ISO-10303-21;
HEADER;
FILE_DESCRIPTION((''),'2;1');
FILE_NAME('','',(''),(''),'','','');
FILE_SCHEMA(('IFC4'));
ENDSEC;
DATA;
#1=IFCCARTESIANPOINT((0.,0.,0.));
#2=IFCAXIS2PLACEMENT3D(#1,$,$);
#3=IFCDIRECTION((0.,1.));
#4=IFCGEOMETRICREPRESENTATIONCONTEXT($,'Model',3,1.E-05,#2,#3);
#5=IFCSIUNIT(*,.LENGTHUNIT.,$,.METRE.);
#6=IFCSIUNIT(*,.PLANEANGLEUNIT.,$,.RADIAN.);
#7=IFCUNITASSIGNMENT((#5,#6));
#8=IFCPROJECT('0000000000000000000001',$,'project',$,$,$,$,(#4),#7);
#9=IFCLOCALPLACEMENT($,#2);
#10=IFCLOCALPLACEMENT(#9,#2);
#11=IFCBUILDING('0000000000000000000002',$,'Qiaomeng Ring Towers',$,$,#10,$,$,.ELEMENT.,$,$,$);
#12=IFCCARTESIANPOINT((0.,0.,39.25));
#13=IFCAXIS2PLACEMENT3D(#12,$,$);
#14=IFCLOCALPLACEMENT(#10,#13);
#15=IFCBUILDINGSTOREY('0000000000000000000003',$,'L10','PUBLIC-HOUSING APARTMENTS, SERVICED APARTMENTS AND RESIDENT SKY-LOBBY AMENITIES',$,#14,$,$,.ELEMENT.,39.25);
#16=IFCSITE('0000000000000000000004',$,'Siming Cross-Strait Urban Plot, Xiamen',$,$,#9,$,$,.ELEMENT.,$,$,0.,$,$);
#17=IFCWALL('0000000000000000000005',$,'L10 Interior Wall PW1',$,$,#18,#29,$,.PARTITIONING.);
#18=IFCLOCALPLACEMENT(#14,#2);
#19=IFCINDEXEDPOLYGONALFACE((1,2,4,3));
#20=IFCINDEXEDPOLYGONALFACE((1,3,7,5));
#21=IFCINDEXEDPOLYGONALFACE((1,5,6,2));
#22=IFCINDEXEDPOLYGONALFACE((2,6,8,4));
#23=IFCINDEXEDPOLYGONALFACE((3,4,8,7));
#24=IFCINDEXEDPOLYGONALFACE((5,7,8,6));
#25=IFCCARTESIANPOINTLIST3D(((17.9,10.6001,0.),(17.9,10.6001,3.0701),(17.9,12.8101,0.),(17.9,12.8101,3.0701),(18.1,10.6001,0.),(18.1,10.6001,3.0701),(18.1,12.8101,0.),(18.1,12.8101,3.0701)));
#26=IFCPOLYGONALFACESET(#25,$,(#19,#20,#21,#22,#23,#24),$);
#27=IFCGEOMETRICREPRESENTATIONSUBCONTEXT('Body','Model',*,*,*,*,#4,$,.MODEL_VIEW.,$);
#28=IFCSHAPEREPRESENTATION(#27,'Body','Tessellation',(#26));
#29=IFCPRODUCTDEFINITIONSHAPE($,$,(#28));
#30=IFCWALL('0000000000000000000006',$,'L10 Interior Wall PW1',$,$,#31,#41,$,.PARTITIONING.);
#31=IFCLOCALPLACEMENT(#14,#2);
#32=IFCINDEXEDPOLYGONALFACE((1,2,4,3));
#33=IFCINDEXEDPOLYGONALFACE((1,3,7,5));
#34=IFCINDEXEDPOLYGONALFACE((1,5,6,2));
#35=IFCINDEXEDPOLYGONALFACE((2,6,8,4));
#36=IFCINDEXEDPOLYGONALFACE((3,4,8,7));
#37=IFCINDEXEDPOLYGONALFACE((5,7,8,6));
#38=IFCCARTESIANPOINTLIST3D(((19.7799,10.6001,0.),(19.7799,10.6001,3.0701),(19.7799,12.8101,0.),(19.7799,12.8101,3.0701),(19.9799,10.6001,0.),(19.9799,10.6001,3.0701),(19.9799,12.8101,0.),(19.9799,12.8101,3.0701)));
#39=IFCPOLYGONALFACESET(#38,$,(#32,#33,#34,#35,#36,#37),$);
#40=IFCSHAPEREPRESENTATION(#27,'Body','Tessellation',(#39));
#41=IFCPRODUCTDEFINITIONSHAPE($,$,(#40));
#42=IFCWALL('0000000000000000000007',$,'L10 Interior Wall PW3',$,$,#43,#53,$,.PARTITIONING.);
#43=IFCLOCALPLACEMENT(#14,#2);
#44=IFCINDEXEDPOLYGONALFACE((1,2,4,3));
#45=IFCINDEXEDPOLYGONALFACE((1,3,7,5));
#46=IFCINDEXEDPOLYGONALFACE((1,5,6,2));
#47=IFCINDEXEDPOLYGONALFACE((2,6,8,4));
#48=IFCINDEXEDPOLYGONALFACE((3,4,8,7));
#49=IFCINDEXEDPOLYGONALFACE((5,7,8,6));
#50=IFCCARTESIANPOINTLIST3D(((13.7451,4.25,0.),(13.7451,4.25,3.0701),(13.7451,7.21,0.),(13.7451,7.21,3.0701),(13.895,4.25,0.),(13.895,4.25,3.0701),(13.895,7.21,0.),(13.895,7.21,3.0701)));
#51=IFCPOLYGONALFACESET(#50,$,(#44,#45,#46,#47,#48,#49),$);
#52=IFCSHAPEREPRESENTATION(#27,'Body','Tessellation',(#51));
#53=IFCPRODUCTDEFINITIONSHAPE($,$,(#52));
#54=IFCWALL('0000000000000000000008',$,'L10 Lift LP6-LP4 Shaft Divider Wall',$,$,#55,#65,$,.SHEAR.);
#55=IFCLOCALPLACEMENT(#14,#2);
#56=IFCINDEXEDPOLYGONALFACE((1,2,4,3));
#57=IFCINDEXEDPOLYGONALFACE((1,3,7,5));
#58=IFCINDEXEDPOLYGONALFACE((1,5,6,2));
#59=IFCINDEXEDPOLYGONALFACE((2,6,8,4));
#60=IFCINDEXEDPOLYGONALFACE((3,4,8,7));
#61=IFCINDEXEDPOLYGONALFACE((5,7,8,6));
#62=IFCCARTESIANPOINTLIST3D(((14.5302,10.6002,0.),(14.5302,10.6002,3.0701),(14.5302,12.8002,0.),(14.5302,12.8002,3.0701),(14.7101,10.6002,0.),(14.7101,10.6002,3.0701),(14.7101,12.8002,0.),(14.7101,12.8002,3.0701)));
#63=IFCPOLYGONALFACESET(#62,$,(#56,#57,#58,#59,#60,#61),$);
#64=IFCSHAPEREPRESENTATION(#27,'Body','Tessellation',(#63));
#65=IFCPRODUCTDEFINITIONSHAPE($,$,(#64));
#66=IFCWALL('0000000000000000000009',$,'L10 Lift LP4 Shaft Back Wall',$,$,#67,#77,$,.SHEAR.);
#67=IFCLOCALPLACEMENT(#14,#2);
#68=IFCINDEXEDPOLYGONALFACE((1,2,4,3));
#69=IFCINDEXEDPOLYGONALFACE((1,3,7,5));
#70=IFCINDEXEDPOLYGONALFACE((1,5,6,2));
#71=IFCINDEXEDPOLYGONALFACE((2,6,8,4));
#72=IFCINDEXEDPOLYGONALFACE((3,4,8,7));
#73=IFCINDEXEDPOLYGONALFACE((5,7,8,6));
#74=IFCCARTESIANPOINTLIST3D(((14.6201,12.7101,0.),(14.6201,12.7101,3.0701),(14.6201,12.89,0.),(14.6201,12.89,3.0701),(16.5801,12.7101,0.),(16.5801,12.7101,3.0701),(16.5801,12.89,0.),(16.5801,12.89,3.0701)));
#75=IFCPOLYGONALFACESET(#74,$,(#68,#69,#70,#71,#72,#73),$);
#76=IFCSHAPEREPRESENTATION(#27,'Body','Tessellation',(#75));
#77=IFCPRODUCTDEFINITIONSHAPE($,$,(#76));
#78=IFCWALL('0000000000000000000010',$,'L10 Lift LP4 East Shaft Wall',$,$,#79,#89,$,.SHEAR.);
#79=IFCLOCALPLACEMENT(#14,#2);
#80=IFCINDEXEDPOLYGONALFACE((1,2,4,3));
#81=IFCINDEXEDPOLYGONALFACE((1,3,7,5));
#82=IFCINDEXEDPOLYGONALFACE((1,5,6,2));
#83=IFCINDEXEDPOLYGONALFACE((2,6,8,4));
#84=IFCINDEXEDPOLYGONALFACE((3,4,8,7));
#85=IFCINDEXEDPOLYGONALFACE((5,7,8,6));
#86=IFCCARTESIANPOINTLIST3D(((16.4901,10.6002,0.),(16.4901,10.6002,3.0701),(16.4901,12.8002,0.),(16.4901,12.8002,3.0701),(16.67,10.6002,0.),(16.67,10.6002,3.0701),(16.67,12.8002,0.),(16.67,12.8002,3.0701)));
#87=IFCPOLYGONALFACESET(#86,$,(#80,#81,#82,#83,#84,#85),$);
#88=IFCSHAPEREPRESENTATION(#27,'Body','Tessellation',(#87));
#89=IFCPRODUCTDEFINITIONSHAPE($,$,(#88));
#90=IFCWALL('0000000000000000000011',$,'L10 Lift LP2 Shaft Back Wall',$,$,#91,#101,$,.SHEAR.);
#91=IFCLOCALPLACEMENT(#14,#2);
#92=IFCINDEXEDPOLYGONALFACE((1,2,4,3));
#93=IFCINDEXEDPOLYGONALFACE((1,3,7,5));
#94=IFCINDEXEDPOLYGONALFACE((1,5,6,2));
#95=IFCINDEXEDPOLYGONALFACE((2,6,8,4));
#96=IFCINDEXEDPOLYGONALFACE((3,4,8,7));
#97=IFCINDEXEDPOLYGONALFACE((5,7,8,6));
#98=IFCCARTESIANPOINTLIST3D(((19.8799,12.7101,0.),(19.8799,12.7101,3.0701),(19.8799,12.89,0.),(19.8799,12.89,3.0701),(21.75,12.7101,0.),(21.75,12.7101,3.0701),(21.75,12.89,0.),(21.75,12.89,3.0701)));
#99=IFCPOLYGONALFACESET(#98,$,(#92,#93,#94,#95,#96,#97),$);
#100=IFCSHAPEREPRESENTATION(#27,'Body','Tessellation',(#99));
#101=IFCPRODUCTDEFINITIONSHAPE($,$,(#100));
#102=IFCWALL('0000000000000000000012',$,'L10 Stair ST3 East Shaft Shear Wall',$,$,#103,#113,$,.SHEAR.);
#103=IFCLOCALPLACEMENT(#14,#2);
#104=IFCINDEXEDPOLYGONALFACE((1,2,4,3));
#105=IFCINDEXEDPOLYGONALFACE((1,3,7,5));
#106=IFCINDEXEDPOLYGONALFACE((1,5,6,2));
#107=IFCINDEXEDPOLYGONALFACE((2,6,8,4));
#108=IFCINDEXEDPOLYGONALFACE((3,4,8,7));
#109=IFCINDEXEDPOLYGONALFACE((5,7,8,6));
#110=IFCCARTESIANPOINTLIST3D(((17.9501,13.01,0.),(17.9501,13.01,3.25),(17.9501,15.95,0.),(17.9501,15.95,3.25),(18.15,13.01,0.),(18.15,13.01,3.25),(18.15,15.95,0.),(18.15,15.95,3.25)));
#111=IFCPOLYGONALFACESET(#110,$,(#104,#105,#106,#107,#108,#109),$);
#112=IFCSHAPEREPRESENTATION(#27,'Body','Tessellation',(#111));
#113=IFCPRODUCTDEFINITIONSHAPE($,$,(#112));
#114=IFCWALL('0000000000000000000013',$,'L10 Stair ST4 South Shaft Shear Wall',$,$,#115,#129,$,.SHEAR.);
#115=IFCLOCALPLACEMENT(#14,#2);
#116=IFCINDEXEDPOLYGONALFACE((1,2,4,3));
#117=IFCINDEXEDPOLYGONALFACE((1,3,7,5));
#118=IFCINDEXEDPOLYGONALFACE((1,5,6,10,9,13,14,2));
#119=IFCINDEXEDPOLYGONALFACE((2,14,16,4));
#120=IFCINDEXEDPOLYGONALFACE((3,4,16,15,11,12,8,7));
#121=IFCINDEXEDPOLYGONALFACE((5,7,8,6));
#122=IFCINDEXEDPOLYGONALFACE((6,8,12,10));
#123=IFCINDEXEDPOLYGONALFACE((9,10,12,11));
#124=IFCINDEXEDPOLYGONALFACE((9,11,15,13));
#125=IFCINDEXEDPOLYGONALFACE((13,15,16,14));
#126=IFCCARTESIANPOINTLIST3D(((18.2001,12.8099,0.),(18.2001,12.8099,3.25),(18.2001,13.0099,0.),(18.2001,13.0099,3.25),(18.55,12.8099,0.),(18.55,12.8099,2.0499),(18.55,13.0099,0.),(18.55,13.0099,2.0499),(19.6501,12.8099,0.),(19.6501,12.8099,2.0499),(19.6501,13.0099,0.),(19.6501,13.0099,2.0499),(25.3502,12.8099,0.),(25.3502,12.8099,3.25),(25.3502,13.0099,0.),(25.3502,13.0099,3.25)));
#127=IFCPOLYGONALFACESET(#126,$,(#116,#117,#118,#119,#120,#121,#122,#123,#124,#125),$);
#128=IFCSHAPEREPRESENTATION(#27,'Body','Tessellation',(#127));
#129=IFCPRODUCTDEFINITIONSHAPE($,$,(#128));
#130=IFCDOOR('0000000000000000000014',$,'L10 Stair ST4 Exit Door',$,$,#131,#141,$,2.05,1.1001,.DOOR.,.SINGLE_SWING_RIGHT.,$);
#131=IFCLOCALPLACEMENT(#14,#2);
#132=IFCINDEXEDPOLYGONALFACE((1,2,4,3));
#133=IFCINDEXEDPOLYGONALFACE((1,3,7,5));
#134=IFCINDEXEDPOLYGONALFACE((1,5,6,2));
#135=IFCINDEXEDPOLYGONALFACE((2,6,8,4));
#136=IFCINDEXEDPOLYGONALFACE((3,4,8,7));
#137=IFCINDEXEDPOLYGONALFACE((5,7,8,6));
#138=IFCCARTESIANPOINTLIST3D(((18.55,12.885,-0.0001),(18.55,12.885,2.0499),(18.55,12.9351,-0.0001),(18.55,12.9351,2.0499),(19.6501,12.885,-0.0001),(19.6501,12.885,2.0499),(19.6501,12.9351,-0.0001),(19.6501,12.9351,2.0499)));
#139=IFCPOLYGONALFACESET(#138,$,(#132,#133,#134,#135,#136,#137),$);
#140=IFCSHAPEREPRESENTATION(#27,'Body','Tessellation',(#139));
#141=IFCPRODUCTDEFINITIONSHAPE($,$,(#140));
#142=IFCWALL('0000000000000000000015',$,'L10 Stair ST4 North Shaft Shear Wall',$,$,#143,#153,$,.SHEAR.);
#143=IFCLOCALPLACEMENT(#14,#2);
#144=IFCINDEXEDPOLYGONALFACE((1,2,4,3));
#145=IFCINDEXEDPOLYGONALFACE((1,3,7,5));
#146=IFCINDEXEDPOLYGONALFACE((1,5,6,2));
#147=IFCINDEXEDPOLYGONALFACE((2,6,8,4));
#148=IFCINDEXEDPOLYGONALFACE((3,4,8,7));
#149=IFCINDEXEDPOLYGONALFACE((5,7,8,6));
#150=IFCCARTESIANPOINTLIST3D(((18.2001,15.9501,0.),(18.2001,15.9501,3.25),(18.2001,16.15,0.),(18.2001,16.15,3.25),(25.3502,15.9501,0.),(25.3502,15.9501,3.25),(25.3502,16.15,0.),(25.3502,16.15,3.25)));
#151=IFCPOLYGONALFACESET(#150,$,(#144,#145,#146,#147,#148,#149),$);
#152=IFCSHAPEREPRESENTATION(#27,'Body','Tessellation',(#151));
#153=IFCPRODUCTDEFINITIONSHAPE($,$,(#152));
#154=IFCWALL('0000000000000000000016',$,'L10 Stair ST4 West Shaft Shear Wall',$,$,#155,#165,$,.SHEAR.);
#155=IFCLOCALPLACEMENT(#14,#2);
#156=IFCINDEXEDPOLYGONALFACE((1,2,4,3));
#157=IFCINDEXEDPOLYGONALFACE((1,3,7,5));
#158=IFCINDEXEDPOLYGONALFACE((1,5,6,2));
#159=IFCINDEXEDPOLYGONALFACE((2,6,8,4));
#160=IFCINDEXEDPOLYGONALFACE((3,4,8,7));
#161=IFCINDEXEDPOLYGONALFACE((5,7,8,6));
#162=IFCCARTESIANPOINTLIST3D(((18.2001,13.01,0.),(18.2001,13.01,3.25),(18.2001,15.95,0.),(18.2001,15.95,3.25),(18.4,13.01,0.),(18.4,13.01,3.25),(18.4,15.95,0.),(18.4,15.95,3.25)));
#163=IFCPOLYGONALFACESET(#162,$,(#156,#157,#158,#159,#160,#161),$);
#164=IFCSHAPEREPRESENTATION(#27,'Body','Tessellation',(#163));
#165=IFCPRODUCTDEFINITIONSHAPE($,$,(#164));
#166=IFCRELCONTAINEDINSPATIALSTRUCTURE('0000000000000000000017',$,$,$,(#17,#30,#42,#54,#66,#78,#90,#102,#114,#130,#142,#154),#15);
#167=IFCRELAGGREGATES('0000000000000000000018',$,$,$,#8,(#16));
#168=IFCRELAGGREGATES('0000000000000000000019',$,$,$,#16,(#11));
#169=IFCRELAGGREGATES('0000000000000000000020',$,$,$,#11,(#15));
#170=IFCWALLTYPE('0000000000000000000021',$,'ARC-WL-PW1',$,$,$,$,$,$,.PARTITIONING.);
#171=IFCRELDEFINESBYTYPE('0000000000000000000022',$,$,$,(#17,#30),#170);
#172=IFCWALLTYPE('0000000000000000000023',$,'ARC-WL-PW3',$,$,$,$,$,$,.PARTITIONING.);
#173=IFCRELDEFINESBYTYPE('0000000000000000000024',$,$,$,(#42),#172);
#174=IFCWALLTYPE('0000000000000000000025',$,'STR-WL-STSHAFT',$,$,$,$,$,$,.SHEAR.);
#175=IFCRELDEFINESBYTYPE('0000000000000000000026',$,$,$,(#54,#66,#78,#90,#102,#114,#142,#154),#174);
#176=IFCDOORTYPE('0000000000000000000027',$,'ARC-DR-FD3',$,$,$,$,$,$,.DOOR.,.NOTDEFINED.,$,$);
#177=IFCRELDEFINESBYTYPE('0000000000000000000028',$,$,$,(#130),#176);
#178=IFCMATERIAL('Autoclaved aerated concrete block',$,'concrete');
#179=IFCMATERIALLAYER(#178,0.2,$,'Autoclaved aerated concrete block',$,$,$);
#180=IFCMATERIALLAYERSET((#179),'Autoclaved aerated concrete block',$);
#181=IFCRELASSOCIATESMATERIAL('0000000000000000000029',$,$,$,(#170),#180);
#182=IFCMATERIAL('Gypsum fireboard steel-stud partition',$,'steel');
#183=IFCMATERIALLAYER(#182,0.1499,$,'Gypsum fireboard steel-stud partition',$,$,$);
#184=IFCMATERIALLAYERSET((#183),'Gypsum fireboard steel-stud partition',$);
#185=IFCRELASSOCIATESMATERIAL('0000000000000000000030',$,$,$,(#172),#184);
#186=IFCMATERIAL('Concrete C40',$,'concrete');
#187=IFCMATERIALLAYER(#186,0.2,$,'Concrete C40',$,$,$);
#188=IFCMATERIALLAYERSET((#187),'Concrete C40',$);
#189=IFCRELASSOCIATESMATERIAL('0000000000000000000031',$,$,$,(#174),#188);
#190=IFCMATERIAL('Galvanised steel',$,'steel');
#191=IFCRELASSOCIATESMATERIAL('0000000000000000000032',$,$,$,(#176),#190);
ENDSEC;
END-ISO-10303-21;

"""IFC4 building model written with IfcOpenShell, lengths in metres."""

from ifc_helpers import new_model, si_unit, direction, frame, frame_2d, origin, place, context, subcontext, project, spatial, rectangle, extrude, source, transform, mapped, material, layer, layer_set, type_object, element, fill, save


model = new_model("IFC4")

# Units and contexts
model_context = context("Model", 3, precision=1e-05, world=origin(), true_north=direction((0.0, 1.0)))
body_context = subcontext(model_context, "Body", "Model", "MODEL_VIEW")
ifc_project = project(units=[si_unit("LENGTHUNIT", "METRE"), si_unit("PLANEANGLEUNIT", "RADIAN")], contexts=[model_context])

# Site, building, storey
site_placement = place(None, origin())
site = spatial("IfcSite", under=ifc_project, at=site_placement, Name="Siming Cross-Strait Urban Plot, Xiamen", CompositionType="ELEMENT", RefElevation=0.0)
building_placement = place(site_placement, origin())
building = spatial("IfcBuilding", under=site, at=building_placement, Name="Qiaomeng Ring Towers", CompositionType="ELEMENT")
storey_placement = place(building_placement, frame((0.0, 0.0, 39.25)))
storey = spatial("IfcBuildingStorey", under=building, at=storey_placement, Name="L10", Description="PUBLIC-HOUSING APARTMENTS, SERVICED APARTMENTS AND RESIDENT SKY-LOBBY AMENITIES", CompositionType="ELEMENT", Elevation=39.25)

# Walls
ifc_material_1 = material(Name="Autoclaved aerated concrete block", Category="concrete")
ifc_layer_1 = layer(ifc_material_1, 0.2, Name="Autoclaved aerated concrete block")
ifc_layer_set_1 = layer_set([ifc_layer_1], Name="Autoclaved aerated concrete block")
wall_type_1 = type_object("IfcWallType", Name="ARC-WL-PW1", PredefinedType="PARTITIONING", material=ifc_layer_set_1)
for number, where, z_axis, x_axis, name in (
    (1, (18.0, 10.6001, 0.0), (0.0, 0.0, 1.0), (0.0, 1.0, 0.0), "L10 Interior Wall PW1"),
    (2, (19.8799, 10.6001, 0.0), (0.0, 0.0, 1.0), (0.0, 1.0, 0.0), "L10 Interior Wall PW1"),
):
    element("IfcWall", number, at=place(storey_placement, frame(where, z_axis=z_axis, x_axis=x_axis)), inside=storey, type_object=wall_type_1, Name=name, PredefinedType="PARTITIONING", context=body_context, shape_type="SweptSolid", body=[
        extrude(rectangle(XDim=2.21, YDim=0.2, at=frame_2d((1.105, 0.0))), origin(), (0.0, 0.0, 1.0), 3.0701),
    ])
ifc_material_2 = material(Name="Gypsum fireboard steel-stud partition", Category="steel")
ifc_layer_2 = layer(ifc_material_2, 0.1499, Name="Gypsum fireboard steel-stud partition")
ifc_layer_set_2 = layer_set([ifc_layer_2], Name="Gypsum fireboard steel-stud partition")
wall_type_2 = type_object("IfcWallType", Name="ARC-WL-PW3", PredefinedType="PARTITIONING", material=ifc_layer_set_2)
wall_1_placement = place(storey_placement, frame((13.8201, 4.25, 0.0), z_axis=(0.0, 0.0, 1.0), x_axis=(0.0, 1.0, 0.0)))
element("IfcWall", 3, at=wall_1_placement, inside=storey, type_object=wall_type_2, Name="L10 Interior Wall PW3", PredefinedType="PARTITIONING", context=body_context, shape_type="SweptSolid", body=[
    extrude(rectangle(XDim=2.96, YDim=0.1499, at=frame_2d((1.48, 0.0))), origin(), (0.0, 0.0, 1.0), 3.0701),
])
ifc_material_3 = material(Name="Concrete C40", Category="concrete")
ifc_layer_3 = layer(ifc_material_3, 0.2, Name="Concrete C40")
ifc_layer_set_3 = layer_set([ifc_layer_3], Name="Concrete C40")
wall_type_3 = type_object("IfcWallType", Name="STR-WL-STSHAFT", PredefinedType="SHEAR", material=ifc_layer_set_3)
wall_2_placement = place(storey_placement, frame((14.6201, 10.6001, 0.0), z_axis=(0.0, 0.0, 1.0), x_axis=(0.0, 1.0, 0.0)))
element("IfcWall", 4, at=wall_2_placement, inside=storey, type_object=wall_type_3, Name="L10 Lift LP6-LP4 Shaft Divider Wall", PredefinedType="SHEAR", context=body_context, shape_type="SweptSolid", body=[
    extrude(rectangle(XDim=2.2, YDim=0.1799, at=frame_2d((1.1001, 0.0))), origin(), (0.0, 0.0, 1.0), 3.0701),
])
wall_3_placement = place(storey_placement, frame((14.6201, 12.8, 0.0), z_axis=(0.0, 0.0, 1.0), x_axis=(1.0, 0.0, 0.0)))
element("IfcWall", 5, at=wall_3_placement, inside=storey, type_object=wall_type_3, Name="L10 Lift LP4 Shaft Back Wall", PredefinedType="SHEAR", context=body_context, shape_type="SweptSolid", body=[
    extrude(rectangle(XDim=1.96, YDim=0.1799, at=frame_2d((0.98, 0.0))), origin(), (0.0, 0.0, 1.0), 3.0701),
])
wall_4_placement = place(storey_placement, frame((16.5801, 10.6001, 0.0), z_axis=(0.0, 0.0, 1.0), x_axis=(0.0, 1.0, 0.0)))
element("IfcWall", 6, at=wall_4_placement, inside=storey, type_object=wall_type_3, Name="L10 Lift LP4 East Shaft Wall", PredefinedType="SHEAR", context=body_context, shape_type="SweptSolid", body=[
    extrude(rectangle(XDim=2.2, YDim=0.1799, at=frame_2d((1.1001, 0.0))), origin(), (0.0, 0.0, 1.0), 3.0701),
])
wall_5_placement = place(storey_placement, frame((19.8799, 12.8, 0.0), z_axis=(0.0, 0.0, 1.0), x_axis=(1.0, 0.0, 0.0)))
element("IfcWall", 7, at=wall_5_placement, inside=storey, type_object=wall_type_3, Name="L10 Lift LP2 Shaft Back Wall", PredefinedType="SHEAR", context=body_context, shape_type="SweptSolid", body=[
    extrude(rectangle(XDim=1.8701, YDim=0.1799, at=frame_2d((0.9351, 0.0))), origin(), (0.0, 0.0, 1.0), 3.0701),
])
wall_6_placement = place(storey_placement, frame((18.05, 13.01, 0.0), z_axis=(0.0, 0.0, 1.0), x_axis=(0.0, 1.0, 0.0)))
element("IfcWall", 8, at=wall_6_placement, inside=storey, type_object=wall_type_3, Name="L10 Stair ST3 East Shaft Shear Wall", PredefinedType="SHEAR", context=body_context, shape_type="SweptSolid", body=[
    extrude(rectangle(XDim=2.9399, YDim=0.2, at=frame_2d((1.47, 0.0))), origin(), (0.0, 0.0, 1.0), 3.25),
])

# Wall, opening, door
wall_7_placement = place(storey_placement, frame((18.2, 12.9099, 0.0), z_axis=(0.0, 0.0, 1.0), x_axis=(1.0, 0.0, 0.0)))
wall_7 = element("IfcWall", 9, at=wall_7_placement, inside=storey, type_object=wall_type_3, Name="L10 Stair ST4 South Shaft Shear Wall", PredefinedType="SHEAR", context=body_context, shape_type="SweptSolid", body=[
    extrude(rectangle(XDim=7.1501, YDim=0.2, at=frame_2d((3.5752, 0.0))), origin(), (0.0, 0.0, 1.0), 3.25),
])
opening_placement = place(wall_7_placement, frame((0.3501, 0.0, 0.0)))
opening = element("IfcOpeningElement", 10, at=opening_placement, cuts=wall_7, PredefinedType="OPENING", context=body_context, shape_type="SweptSolid", body=[
    extrude(rectangle(XDim=1.1001, YDim=2.05, at=frame_2d((0.55, 1.0249))), frame((0.0, 0.1099, 0.0), z_axis=(0.0, -1.0, 0.0), x_axis=(1.0, 0.0, 0.0)), (0.0, 0.0, 1.0), 0.22),
])
ifc_material_4 = material(Name="Galvanised steel", Category="steel")
door_type = type_object("IfcDoorType", Name="ARC-DR-FD3", OperationType="NOTDEFINED", PredefinedType="DOOR", material=ifc_material_4)
shared_shape_1 = source(origin(), body_context, "Body", "SweptSolid", [
    extrude(rectangle(XDim=1.1001, YDim=2.05, at=frame_2d((0.55, 1.0249))), frame((0.0, 0.0249, 0.0), z_axis=(0.0, -1.0, 0.0), x_axis=(1.0, 0.0, 0.0)), (0.0, 0.0, 1.0), 0.05),
])
door_placement = place(opening_placement, frame((1.1001, 0.0, 0.0), z_axis=(0.0, 0.0, 1.0), x_axis=(-1.0, 0.0, 0.0)))
door = element("IfcDoor", 11, at=door_placement, inside=storey, type_object=door_type, Name="L10 Stair ST4 Exit Door", OperationType="SINGLE_SWING_RIGHT", OverallHeight=2.05, OverallWidth=1.1001, PredefinedType="DOOR", context=body_context, shape_type="MappedRepresentation", body=[
    mapped(shared_shape_1, transform((0.0, 0.0, 0.0), x_axis=(1.0, 0.0, 0.0), y_axis=(0.0, 1.0, 0.0), z_axis=(0.0, 0.0, 1.0), scale=1.0)),
])
fill(opening, door)

# Walls
wall_8_placement = place(storey_placement, frame((18.2, 16.05, 0.0), z_axis=(0.0, 0.0, 1.0), x_axis=(1.0, 0.0, 0.0)))
element("IfcWall", 12, at=wall_8_placement, inside=storey, type_object=wall_type_3, Name="L10 Stair ST4 North Shaft Shear Wall", PredefinedType="SHEAR", context=body_context, shape_type="SweptSolid", body=[
    extrude(rectangle(XDim=7.1501, YDim=0.2, at=frame_2d((3.5752, 0.0))), origin(), (0.0, 0.0, 1.0), 3.25),
])
wall_9_placement = place(storey_placement, frame((18.3, 13.01, 0.0), z_axis=(0.0, 0.0, 1.0), x_axis=(0.0, 1.0, 0.0)))
element("IfcWall", 13, at=wall_9_placement, inside=storey, type_object=wall_type_3, Name="L10 Stair ST4 West Shaft Shear Wall", PredefinedType="SHEAR", context=body_context, shape_type="SweptSolid", body=[
    extrude(rectangle(XDim=2.9399, YDim=0.2, at=frame_2d((1.47, 0.0))), origin(), (0.0, 0.0, 1.0), 3.25),
])

save(model, "model.ifc")
